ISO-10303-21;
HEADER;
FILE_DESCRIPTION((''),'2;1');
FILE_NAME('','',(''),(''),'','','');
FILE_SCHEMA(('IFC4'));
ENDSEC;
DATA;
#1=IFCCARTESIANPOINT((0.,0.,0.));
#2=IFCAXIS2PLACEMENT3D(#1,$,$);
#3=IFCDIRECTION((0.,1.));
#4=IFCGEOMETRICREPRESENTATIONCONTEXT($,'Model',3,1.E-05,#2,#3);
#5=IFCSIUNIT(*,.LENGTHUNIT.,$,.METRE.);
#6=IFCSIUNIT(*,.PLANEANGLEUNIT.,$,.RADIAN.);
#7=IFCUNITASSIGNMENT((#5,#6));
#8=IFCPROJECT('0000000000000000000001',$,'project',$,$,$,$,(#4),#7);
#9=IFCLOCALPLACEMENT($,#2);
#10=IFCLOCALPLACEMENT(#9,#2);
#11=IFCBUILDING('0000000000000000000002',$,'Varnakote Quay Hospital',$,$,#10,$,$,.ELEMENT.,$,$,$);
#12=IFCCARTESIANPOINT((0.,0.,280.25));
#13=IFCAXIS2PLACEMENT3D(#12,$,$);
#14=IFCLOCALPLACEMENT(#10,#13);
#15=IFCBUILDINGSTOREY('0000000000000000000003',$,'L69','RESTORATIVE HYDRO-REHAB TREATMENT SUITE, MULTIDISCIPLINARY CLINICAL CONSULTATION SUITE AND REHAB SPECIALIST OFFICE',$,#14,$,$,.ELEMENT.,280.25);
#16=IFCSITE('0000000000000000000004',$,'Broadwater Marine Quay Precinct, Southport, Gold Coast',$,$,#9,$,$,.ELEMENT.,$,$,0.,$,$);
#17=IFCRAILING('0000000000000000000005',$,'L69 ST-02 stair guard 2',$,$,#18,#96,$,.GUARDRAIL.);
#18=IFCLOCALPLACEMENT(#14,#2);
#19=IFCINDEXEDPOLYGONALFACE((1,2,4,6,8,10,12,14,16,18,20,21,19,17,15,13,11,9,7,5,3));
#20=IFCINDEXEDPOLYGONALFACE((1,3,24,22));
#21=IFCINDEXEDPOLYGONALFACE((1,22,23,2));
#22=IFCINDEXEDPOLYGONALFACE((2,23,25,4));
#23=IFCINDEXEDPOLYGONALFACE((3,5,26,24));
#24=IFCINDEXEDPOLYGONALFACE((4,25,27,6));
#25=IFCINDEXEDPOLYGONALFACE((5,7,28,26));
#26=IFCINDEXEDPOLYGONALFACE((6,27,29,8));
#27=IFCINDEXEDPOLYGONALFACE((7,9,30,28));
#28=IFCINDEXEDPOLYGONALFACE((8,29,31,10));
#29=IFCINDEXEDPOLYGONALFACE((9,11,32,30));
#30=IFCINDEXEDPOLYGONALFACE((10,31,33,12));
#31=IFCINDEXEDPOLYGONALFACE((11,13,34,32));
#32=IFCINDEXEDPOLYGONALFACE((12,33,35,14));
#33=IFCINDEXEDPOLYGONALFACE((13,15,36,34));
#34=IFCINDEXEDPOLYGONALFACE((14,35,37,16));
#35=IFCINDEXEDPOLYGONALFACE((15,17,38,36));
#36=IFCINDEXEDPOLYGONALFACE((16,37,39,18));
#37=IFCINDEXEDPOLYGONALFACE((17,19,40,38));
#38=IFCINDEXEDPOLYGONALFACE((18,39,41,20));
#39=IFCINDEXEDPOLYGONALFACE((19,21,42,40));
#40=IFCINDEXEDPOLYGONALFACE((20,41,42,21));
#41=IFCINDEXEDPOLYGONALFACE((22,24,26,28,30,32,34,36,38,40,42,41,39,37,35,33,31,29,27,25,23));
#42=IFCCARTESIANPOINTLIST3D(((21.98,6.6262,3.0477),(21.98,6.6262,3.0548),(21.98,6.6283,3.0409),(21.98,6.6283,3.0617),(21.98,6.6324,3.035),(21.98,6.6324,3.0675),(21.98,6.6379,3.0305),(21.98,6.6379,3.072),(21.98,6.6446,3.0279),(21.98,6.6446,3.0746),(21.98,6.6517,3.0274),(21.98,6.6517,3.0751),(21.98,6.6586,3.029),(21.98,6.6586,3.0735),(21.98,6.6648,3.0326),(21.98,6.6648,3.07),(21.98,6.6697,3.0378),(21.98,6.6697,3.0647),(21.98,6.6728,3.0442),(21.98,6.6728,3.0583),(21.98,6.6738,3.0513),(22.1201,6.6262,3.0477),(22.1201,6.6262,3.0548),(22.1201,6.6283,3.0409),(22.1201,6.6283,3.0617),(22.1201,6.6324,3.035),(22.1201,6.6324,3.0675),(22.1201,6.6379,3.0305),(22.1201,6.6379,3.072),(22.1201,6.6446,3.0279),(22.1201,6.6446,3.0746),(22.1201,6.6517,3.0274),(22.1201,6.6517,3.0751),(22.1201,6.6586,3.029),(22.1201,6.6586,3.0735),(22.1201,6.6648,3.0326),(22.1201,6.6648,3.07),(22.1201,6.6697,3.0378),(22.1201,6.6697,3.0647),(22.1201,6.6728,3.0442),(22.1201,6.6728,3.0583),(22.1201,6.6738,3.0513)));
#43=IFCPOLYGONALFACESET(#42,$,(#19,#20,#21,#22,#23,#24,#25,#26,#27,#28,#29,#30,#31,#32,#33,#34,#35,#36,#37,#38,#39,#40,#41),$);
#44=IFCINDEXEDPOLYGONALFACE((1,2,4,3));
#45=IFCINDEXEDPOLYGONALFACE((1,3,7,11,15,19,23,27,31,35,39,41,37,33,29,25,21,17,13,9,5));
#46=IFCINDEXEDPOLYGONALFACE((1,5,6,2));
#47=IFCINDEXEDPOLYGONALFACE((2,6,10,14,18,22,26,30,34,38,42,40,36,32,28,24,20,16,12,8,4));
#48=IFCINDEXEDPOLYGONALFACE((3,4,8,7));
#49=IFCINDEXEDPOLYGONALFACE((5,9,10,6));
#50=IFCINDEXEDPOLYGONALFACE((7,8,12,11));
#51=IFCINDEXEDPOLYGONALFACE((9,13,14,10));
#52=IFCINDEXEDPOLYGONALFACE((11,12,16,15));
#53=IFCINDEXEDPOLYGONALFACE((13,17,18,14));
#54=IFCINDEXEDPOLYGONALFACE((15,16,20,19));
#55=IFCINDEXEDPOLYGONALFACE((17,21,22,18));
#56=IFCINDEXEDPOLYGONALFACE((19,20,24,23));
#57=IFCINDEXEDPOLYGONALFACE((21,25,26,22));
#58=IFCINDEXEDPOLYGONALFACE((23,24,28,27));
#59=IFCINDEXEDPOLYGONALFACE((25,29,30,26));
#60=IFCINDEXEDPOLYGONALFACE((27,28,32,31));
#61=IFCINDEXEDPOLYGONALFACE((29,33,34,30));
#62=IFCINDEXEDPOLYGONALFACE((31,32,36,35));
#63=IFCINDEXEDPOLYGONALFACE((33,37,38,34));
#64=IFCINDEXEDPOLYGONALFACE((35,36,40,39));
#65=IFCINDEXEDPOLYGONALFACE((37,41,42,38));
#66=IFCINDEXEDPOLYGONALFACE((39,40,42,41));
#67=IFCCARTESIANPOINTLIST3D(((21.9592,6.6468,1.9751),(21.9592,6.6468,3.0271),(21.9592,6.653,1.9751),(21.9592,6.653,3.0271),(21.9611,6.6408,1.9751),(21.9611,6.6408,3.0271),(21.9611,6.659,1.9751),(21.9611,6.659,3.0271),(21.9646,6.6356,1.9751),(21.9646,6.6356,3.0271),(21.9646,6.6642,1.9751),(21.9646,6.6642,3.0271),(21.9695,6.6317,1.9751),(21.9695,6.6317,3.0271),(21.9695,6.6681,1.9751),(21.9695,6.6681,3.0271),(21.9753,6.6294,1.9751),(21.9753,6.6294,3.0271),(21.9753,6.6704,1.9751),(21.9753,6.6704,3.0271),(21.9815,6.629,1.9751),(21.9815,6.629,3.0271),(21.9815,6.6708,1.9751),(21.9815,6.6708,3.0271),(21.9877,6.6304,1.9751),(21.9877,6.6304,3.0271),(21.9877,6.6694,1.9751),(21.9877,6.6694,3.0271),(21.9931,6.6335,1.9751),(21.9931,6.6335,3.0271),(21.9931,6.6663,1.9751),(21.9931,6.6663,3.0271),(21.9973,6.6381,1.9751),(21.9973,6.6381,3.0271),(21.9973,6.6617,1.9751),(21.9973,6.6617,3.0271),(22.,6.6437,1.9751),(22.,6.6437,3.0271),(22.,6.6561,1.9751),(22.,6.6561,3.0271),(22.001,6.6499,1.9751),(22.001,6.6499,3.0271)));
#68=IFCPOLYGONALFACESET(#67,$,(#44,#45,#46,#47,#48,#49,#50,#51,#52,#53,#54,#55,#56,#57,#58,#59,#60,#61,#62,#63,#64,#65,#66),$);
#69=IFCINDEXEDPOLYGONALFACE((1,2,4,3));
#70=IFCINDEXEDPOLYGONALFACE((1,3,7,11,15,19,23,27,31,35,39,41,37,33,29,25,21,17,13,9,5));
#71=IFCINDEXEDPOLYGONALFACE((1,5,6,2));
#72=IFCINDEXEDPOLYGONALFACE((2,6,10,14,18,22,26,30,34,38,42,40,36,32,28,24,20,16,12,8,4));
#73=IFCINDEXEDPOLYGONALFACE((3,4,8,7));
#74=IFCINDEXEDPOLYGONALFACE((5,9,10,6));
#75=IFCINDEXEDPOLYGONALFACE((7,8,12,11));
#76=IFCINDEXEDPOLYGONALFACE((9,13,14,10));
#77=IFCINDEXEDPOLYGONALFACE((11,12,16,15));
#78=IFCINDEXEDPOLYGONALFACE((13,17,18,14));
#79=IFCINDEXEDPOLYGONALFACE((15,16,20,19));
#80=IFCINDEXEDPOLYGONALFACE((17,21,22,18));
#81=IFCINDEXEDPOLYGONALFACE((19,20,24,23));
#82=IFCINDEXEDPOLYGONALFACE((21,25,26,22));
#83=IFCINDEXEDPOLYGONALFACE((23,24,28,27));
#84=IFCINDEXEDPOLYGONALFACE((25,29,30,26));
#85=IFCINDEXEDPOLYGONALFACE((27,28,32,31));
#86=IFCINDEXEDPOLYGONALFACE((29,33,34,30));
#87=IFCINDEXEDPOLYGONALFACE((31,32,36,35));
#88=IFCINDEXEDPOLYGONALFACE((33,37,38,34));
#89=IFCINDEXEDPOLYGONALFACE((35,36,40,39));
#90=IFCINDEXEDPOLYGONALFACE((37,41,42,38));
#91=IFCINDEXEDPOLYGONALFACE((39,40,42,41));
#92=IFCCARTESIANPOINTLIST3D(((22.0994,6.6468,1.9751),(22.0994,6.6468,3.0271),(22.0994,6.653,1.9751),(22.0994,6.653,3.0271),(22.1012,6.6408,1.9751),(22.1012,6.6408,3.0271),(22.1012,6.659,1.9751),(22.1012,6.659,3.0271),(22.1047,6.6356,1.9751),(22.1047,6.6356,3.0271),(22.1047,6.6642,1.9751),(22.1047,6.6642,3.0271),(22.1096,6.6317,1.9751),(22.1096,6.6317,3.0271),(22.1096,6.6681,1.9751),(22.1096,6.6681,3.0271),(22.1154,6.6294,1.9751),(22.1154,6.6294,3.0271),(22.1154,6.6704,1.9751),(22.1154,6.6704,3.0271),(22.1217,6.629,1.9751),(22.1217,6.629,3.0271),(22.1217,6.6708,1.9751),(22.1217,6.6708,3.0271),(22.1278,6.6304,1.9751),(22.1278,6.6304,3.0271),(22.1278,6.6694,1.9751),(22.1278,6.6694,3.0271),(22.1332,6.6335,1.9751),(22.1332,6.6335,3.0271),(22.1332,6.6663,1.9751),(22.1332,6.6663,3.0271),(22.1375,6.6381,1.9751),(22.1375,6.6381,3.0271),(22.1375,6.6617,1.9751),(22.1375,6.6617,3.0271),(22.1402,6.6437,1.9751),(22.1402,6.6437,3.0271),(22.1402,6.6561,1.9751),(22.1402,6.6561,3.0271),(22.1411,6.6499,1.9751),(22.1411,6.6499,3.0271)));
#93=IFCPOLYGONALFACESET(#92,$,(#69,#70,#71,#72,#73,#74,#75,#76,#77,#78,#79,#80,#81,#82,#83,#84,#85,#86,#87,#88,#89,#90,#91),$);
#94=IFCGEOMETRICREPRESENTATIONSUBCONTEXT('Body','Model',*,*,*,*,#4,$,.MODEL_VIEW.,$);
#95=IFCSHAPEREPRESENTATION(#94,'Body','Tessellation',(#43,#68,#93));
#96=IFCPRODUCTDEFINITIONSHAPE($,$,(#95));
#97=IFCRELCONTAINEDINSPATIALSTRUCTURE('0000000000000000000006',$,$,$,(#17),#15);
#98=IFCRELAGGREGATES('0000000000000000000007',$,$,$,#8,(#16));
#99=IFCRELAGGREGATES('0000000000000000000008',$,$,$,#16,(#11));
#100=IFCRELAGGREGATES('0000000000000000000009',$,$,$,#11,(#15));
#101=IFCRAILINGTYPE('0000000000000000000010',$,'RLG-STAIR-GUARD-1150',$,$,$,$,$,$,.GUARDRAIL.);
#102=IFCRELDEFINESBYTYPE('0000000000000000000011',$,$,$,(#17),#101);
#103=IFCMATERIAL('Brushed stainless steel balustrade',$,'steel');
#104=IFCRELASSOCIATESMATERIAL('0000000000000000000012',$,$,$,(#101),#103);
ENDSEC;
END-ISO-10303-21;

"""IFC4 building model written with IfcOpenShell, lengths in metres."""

from ifc_helpers import new_model, si_unit, direction, frame, origin, origin_2d, place, context, subcontext, project, spatial, circle, extrude, material, type_object, element, save


model = new_model("IFC4")

# Units and contexts
model_context = context("Model", 3, precision=1e-05, world=origin(), true_north=direction((0.0, 1.0)))
body_context = subcontext(model_context, "Body", "Model", "MODEL_VIEW")
ifc_project = project(units=[si_unit("LENGTHUNIT", "METRE"), si_unit("PLANEANGLEUNIT", "RADIAN")], contexts=[model_context])

# Site, building, storey
site_placement = place(None, origin())
site = spatial("IfcSite", under=ifc_project, at=site_placement, Name="Broadwater Marine Quay Precinct, Southport, Gold Coast", CompositionType="ELEMENT", RefElevation=0.0)
building_placement = place(site_placement, origin())
building = spatial("IfcBuilding", under=site, at=building_placement, Name="Varnakote Quay Hospital", CompositionType="ELEMENT")
storey_placement = place(building_placement, frame((0.0, 0.0, 280.25)))
storey = spatial("IfcBuildingStorey", under=building, at=storey_placement, Name="L69", Description="RESTORATIVE HYDRO-REHAB TREATMENT SUITE, MULTIDISCIPLINARY CLINICAL CONSULTATION SUITE AND REHAB SPECIALIST OFFICE", CompositionType="ELEMENT", Elevation=280.25)

# Railing
ifc_material_1 = material(Name="Brushed stainless steel balustrade", Category="steel")
railing_type_1 = type_object("IfcRailingType", Name="RLG-STAIR-GUARD-1150", PredefinedType="GUARDRAIL", material=ifc_material_1)
railing_1_placement = place(storey_placement, frame((21.98, 6.6499, 1.9751)))
element("IfcRailing", 1, at=railing_1_placement, inside=storey, type_object=railing_type_1, Name="L69 ST-02 stair guard 2", PredefinedType="GUARDRAIL", context=body_context, shape_type="SweptSolid", body=[
    extrude(circle(Radius=0.0239, at=origin_2d()), frame((0.0, 0.0, 1.0762), z_axis=(1.0, 0.0, 0.0), x_axis=(0.0, 1.0, 0.0)), (0.0, 0.0, 1.0), 0.1401),
    extrude(circle(Radius=0.021, at=origin_2d()), origin(), (0.0, 0.0, 1.0), 1.052),
    extrude(circle(Radius=0.021, at=origin_2d()), frame((0.1401, 0.0, 0.0)), (0.0, 0.0, 1.0), 1.052),
])

save(model, "model.ifc")
